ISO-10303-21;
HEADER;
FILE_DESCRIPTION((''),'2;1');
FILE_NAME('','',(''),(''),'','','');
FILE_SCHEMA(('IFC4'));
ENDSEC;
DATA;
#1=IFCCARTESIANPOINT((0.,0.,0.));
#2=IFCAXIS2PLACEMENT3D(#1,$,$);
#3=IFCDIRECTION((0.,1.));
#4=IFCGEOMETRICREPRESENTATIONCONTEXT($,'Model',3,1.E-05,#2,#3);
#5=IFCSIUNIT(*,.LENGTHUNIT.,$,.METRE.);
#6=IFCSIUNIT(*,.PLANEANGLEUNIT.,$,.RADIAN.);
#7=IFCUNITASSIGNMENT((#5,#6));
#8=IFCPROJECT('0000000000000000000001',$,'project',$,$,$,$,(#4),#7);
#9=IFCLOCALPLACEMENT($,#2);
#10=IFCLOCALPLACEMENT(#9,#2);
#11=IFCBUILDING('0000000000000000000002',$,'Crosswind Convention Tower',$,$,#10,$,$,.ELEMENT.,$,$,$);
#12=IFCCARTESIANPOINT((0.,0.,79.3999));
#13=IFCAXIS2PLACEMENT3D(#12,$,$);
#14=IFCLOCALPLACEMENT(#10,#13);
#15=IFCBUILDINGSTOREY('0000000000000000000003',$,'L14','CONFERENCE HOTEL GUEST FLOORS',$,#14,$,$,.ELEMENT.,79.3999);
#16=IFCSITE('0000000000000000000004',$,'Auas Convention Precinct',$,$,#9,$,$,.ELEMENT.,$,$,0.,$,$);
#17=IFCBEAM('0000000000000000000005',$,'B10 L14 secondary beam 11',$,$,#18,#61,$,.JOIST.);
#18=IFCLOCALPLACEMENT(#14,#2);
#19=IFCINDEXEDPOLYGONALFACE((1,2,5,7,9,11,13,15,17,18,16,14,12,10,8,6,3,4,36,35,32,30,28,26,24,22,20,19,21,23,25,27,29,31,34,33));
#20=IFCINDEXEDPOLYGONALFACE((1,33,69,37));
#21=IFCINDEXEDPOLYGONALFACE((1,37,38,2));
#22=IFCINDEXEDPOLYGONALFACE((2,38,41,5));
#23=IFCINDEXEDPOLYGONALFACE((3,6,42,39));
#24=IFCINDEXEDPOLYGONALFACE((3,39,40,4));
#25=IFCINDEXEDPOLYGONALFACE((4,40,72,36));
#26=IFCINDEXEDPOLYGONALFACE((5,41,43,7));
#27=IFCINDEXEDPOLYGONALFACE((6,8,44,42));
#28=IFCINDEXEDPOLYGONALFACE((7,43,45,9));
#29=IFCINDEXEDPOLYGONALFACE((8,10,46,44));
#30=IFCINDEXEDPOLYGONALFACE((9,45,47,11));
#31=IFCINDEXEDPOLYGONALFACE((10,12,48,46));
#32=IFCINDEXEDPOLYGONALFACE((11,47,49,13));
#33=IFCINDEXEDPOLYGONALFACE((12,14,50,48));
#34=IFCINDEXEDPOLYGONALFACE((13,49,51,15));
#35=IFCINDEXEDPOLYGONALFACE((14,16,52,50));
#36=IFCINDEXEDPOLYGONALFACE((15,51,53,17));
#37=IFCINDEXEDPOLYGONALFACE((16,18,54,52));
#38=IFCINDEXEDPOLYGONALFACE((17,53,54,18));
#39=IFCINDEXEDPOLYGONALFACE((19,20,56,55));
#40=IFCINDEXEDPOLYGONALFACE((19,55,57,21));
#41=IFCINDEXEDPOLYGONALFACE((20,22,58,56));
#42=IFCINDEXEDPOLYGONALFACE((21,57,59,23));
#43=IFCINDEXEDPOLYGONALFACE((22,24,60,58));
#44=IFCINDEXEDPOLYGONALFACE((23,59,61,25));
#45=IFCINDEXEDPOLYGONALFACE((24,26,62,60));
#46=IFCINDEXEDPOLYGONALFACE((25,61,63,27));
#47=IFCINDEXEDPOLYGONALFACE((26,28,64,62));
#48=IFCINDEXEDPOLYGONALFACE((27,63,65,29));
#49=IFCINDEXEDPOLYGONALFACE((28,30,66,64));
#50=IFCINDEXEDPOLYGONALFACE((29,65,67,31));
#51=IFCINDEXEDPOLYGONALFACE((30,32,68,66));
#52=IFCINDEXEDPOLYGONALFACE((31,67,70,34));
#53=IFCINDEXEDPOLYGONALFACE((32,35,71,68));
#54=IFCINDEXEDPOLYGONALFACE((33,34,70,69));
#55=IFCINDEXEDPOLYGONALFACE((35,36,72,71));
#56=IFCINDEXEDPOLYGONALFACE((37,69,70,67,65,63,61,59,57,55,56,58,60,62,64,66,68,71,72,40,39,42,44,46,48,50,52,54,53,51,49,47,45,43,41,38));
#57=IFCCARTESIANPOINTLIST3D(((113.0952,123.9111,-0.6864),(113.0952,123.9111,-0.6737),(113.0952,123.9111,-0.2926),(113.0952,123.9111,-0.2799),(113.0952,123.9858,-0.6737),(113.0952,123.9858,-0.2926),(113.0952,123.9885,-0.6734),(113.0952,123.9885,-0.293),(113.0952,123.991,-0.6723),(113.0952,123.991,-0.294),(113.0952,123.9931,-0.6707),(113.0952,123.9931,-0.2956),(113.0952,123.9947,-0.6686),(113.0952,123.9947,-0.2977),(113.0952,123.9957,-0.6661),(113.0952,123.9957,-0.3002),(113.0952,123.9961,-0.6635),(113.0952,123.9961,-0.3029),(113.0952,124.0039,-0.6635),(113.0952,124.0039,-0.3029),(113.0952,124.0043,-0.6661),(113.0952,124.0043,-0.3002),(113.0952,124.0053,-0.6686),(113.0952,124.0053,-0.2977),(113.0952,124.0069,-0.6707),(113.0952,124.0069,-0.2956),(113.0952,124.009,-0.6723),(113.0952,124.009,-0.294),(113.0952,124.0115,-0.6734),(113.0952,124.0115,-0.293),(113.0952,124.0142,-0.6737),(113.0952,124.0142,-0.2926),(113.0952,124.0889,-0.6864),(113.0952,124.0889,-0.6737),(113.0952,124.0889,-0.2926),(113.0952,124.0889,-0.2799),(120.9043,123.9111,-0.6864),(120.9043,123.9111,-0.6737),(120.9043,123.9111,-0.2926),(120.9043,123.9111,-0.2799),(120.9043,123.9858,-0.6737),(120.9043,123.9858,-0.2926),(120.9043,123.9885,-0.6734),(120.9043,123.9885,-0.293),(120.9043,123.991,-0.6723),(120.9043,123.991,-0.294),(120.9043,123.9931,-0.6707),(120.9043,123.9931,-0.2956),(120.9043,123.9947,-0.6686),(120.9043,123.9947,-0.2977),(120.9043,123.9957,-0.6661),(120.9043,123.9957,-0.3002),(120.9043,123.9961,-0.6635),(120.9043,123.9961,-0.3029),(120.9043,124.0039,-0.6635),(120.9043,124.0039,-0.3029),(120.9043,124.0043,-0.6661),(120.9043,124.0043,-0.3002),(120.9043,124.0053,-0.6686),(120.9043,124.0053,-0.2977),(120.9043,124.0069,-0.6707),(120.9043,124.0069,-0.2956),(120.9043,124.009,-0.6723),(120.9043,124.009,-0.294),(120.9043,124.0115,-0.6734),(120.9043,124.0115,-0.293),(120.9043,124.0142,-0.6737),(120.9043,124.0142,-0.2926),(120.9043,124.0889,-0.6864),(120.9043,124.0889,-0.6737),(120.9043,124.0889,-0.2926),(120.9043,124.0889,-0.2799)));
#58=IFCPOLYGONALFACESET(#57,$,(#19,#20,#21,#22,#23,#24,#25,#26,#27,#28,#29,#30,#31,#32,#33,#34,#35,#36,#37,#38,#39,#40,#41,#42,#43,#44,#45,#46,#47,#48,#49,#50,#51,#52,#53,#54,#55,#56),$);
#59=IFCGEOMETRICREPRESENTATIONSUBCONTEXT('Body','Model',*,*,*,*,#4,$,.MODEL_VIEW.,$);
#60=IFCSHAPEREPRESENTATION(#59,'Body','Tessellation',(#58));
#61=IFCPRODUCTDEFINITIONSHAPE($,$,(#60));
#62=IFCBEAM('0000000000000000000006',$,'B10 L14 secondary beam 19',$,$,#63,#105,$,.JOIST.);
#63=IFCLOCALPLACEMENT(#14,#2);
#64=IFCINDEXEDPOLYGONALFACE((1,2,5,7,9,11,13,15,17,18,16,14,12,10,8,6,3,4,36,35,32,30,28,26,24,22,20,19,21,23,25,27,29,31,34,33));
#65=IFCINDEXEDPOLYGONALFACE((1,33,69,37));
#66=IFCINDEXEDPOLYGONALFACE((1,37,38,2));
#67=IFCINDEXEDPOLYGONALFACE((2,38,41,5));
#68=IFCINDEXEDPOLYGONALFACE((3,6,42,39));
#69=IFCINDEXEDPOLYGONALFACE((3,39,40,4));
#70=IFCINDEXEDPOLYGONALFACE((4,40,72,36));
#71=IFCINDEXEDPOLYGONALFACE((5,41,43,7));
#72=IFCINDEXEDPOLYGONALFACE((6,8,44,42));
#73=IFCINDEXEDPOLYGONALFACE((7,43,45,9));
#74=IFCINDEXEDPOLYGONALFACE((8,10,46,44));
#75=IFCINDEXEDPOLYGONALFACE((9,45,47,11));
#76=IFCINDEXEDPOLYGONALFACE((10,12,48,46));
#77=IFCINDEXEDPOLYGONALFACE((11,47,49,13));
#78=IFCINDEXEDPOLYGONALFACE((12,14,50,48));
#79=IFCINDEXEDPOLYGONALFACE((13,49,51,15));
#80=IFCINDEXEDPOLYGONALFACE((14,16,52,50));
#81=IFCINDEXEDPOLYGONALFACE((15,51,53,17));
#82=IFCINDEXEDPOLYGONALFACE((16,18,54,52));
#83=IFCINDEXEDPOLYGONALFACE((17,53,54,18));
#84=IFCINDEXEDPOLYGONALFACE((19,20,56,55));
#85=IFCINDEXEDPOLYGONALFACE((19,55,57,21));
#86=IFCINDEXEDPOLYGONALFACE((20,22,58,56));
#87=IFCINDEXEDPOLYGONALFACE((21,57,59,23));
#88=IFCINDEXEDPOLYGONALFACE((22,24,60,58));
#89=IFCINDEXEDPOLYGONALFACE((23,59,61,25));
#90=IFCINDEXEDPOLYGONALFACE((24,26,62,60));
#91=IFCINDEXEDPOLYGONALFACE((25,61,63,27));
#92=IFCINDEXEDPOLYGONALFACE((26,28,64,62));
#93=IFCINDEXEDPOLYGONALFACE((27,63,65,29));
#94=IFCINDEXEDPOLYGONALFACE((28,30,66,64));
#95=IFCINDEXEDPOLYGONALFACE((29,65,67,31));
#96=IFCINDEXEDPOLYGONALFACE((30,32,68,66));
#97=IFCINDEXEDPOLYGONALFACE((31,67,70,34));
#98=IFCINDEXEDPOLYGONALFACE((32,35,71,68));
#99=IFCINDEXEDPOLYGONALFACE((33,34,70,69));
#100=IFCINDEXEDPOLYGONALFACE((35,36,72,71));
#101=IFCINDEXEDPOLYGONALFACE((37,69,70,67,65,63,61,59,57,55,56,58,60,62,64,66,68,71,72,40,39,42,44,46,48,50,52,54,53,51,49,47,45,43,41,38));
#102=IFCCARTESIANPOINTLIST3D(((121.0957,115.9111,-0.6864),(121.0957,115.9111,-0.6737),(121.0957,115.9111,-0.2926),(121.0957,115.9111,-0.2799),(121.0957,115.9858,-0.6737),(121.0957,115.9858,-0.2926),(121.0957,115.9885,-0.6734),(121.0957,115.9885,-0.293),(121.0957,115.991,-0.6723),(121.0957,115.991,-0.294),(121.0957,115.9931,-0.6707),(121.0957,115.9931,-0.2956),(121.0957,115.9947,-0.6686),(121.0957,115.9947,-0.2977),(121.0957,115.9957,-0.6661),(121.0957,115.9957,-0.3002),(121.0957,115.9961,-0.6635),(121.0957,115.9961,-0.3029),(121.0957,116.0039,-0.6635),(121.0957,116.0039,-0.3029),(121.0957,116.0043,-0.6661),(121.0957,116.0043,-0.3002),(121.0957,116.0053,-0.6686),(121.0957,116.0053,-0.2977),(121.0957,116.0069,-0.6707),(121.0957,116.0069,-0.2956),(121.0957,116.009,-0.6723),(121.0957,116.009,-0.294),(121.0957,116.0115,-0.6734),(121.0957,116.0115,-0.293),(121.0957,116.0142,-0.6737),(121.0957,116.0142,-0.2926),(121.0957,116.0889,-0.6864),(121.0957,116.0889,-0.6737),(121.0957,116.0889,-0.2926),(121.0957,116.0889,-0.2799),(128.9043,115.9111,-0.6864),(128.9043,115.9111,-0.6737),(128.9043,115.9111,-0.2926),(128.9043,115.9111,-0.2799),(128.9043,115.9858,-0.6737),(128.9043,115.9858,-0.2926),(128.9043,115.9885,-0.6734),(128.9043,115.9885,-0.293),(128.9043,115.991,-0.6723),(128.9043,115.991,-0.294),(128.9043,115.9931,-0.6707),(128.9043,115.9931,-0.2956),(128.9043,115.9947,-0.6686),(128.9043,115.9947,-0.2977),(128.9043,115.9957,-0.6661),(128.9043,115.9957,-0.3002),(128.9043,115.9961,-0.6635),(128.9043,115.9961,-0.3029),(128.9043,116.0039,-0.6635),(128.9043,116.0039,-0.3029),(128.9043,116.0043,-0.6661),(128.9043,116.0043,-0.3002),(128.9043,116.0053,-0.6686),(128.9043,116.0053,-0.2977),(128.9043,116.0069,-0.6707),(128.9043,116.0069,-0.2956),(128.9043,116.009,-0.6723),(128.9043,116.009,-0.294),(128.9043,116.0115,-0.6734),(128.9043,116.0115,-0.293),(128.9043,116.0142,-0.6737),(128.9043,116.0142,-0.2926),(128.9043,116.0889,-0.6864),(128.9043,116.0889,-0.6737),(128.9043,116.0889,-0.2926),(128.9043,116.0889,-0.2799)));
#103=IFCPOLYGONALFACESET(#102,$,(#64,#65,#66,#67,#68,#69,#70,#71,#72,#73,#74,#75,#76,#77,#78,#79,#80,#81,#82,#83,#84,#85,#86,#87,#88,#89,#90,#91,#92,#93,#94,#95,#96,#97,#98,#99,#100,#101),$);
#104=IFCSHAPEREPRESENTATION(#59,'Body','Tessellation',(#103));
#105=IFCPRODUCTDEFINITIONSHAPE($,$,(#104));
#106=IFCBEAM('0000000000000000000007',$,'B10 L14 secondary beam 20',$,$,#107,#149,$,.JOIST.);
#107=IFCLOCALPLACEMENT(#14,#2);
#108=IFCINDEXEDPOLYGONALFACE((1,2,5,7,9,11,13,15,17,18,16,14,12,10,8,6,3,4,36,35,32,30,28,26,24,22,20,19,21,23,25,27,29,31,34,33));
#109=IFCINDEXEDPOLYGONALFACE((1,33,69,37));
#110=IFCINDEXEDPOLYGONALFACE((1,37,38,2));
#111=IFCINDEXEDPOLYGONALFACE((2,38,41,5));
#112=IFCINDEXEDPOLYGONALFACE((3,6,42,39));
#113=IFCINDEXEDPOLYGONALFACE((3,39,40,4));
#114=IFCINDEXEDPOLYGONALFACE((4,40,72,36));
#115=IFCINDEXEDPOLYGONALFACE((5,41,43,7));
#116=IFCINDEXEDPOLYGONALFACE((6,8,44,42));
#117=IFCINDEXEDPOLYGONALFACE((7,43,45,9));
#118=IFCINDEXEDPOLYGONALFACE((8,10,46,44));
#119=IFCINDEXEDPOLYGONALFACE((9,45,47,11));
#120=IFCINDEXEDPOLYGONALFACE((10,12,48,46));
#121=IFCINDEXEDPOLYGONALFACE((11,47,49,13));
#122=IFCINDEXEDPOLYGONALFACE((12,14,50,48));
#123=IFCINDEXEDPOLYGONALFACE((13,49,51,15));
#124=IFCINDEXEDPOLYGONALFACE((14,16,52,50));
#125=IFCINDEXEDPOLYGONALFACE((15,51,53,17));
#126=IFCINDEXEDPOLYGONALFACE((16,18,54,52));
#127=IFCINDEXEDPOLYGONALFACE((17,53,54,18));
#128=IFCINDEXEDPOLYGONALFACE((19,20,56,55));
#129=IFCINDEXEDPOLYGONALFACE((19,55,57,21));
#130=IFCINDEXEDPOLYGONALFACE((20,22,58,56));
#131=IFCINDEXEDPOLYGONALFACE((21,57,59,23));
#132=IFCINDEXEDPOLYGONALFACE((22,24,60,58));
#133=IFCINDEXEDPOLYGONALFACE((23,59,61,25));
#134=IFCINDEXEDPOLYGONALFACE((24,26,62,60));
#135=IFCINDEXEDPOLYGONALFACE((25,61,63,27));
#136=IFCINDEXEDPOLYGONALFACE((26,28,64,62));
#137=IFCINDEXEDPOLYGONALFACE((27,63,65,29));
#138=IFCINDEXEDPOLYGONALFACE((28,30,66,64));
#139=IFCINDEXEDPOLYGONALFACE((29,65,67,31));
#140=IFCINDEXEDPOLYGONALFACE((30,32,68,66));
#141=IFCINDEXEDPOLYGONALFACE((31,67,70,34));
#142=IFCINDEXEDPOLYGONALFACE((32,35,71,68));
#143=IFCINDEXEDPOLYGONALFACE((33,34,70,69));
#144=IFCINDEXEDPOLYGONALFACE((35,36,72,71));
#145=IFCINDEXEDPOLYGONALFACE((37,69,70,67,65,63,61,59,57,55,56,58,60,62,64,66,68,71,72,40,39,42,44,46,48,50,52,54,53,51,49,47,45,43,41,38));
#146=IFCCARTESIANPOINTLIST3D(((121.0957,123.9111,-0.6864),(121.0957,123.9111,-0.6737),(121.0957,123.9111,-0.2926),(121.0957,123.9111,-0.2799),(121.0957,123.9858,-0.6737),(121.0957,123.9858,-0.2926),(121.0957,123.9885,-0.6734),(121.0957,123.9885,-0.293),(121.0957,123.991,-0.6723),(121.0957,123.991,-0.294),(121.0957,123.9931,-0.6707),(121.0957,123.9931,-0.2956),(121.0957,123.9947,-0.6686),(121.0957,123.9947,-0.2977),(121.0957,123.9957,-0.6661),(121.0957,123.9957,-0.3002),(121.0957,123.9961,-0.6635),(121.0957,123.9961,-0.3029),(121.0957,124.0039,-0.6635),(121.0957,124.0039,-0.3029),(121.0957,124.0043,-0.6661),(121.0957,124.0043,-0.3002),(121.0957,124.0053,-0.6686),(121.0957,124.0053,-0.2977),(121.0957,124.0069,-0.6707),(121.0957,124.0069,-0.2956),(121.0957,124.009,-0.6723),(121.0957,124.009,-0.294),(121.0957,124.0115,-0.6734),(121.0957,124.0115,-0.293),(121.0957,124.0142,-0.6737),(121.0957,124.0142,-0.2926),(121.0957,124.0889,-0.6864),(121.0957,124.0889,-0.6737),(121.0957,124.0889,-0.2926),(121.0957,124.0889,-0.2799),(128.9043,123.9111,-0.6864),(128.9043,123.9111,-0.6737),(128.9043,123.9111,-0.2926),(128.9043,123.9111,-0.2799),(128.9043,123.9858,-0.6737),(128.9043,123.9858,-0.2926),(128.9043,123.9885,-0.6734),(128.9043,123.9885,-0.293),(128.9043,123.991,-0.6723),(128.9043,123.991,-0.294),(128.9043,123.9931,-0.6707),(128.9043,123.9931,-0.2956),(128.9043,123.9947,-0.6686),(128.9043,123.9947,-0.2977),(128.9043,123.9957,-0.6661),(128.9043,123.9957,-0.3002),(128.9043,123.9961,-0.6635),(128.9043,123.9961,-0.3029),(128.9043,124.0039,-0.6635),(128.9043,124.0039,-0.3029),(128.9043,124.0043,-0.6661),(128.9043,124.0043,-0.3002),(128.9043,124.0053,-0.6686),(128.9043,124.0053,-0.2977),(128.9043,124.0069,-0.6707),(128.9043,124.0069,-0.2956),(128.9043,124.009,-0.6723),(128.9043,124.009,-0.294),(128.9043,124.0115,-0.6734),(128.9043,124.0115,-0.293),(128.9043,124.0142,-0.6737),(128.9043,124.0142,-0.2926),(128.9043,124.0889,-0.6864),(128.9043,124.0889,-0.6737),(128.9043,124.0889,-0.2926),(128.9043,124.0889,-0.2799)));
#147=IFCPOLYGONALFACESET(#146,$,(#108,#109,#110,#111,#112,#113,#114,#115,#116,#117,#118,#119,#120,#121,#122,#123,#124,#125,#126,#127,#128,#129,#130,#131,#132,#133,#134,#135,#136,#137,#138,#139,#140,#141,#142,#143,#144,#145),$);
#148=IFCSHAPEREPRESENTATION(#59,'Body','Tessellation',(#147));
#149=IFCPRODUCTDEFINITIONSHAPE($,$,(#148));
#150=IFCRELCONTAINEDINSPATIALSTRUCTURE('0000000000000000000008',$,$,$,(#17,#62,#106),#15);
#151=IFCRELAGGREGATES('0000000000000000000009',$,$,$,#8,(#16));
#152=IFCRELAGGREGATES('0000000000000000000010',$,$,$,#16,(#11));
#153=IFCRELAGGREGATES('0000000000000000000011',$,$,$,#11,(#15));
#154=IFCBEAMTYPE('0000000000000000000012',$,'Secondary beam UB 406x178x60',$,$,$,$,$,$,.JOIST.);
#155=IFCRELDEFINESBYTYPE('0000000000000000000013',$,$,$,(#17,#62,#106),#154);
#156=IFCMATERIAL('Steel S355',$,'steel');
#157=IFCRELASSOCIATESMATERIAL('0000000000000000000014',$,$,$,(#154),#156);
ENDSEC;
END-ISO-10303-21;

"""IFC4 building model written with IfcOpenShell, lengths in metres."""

from ifc_helpers import new_model, si_unit, direction, frame, origin, origin_2d, place, context, subcontext, project, spatial, i_section, extrude, material, material_profile, profile_set, type_object, element, save


model = new_model("IFC4")

# Units and contexts
model_context = context("Model", 3, precision=1e-05, world=origin(), true_north=direction((0.0, 1.0)))
body_context = subcontext(model_context, "Body", "Model", "MODEL_VIEW")
ifc_project = project(units=[si_unit("LENGTHUNIT", "METRE"), si_unit("PLANEANGLEUNIT", "RADIAN")], contexts=[model_context])

# Site, building, storey
site_placement = place(None, origin())
site = spatial("IfcSite", under=ifc_project, at=site_placement, Name="Auas Convention Precinct", CompositionType="ELEMENT", RefElevation=0.0)
building_placement = place(site_placement, origin())
building = spatial("IfcBuilding", under=site, at=building_placement, Name="Crosswind Convention Tower", CompositionType="ELEMENT")
storey_placement = place(building_placement, frame((0.0, 0.0, 79.3999)))
storey = spatial("IfcBuildingStorey", under=building, at=storey_placement, Name="L14", Description="CONFERENCE HOTEL GUEST FLOORS", CompositionType="ELEMENT", Elevation=79.3999)

# Beams
ifc_material_1 = material(Name="Steel S355", Category="steel")
ifc_material_profile_1 = material_profile(ifc_material_1, i_section(OverallWidth=0.1777, OverallDepth=0.4065, WebThickness=0.0078, FlangeThickness=0.0127, FilletRadius=0.0103, at=origin_2d()), Name="UB 406x178x60")
ifc_profile_set_1 = profile_set([ifc_material_profile_1], Name="Steel S355")
beam_type_1 = type_object("IfcBeamType", Name="Secondary beam UB 406x178x60", PredefinedType="JOIST", material=ifc_profile_set_1)
beam_1_placement = place(storey_placement, frame((113.0952, 124.0, -0.4832), z_axis=(1.0, 0.0, 0.0), x_axis=(0.0, 1.0, 0.0)))
element("IfcBeam", 1, at=beam_1_placement, inside=storey, type_object=beam_type_1, Name="B10 L14 secondary beam 11", PredefinedType="JOIST", context=body_context, shape_type="SweptSolid", body=[
    extrude(i_section(OverallWidth=0.1777, OverallDepth=0.4065, WebThickness=0.0078, FlangeThickness=0.0127, FilletRadius=0.0103, at=origin_2d()), origin(), (0.0, 0.0, 1.0), 7.8091),
])
for number, where, z_axis, x_axis, name in (
    (2, (121.0957, 116.0, -0.4832), (1.0, 0.0, 0.0), (0.0, 1.0, 0.0), "B10 L14 secondary beam 19"),
    (3, (121.0957, 124.0, -0.4832), (1.0, 0.0, 0.0), (0.0, 1.0, 0.0), "B10 L14 secondary beam 20"),
):
    element("IfcBeam", number, at=place(storey_placement, frame(where, z_axis=z_axis, x_axis=x_axis)), inside=storey, type_object=beam_type_1, Name=name, PredefinedType="JOIST", context=body_context, shape_type="SweptSolid", body=[
        extrude(i_section(OverallWidth=0.1777, OverallDepth=0.4065, WebThickness=0.0078, FlangeThickness=0.0127, FilletRadius=0.0103, at=origin_2d()), origin(), (0.0, 0.0, 1.0), 7.8086),
    ])

save(model, "model.ifc")
